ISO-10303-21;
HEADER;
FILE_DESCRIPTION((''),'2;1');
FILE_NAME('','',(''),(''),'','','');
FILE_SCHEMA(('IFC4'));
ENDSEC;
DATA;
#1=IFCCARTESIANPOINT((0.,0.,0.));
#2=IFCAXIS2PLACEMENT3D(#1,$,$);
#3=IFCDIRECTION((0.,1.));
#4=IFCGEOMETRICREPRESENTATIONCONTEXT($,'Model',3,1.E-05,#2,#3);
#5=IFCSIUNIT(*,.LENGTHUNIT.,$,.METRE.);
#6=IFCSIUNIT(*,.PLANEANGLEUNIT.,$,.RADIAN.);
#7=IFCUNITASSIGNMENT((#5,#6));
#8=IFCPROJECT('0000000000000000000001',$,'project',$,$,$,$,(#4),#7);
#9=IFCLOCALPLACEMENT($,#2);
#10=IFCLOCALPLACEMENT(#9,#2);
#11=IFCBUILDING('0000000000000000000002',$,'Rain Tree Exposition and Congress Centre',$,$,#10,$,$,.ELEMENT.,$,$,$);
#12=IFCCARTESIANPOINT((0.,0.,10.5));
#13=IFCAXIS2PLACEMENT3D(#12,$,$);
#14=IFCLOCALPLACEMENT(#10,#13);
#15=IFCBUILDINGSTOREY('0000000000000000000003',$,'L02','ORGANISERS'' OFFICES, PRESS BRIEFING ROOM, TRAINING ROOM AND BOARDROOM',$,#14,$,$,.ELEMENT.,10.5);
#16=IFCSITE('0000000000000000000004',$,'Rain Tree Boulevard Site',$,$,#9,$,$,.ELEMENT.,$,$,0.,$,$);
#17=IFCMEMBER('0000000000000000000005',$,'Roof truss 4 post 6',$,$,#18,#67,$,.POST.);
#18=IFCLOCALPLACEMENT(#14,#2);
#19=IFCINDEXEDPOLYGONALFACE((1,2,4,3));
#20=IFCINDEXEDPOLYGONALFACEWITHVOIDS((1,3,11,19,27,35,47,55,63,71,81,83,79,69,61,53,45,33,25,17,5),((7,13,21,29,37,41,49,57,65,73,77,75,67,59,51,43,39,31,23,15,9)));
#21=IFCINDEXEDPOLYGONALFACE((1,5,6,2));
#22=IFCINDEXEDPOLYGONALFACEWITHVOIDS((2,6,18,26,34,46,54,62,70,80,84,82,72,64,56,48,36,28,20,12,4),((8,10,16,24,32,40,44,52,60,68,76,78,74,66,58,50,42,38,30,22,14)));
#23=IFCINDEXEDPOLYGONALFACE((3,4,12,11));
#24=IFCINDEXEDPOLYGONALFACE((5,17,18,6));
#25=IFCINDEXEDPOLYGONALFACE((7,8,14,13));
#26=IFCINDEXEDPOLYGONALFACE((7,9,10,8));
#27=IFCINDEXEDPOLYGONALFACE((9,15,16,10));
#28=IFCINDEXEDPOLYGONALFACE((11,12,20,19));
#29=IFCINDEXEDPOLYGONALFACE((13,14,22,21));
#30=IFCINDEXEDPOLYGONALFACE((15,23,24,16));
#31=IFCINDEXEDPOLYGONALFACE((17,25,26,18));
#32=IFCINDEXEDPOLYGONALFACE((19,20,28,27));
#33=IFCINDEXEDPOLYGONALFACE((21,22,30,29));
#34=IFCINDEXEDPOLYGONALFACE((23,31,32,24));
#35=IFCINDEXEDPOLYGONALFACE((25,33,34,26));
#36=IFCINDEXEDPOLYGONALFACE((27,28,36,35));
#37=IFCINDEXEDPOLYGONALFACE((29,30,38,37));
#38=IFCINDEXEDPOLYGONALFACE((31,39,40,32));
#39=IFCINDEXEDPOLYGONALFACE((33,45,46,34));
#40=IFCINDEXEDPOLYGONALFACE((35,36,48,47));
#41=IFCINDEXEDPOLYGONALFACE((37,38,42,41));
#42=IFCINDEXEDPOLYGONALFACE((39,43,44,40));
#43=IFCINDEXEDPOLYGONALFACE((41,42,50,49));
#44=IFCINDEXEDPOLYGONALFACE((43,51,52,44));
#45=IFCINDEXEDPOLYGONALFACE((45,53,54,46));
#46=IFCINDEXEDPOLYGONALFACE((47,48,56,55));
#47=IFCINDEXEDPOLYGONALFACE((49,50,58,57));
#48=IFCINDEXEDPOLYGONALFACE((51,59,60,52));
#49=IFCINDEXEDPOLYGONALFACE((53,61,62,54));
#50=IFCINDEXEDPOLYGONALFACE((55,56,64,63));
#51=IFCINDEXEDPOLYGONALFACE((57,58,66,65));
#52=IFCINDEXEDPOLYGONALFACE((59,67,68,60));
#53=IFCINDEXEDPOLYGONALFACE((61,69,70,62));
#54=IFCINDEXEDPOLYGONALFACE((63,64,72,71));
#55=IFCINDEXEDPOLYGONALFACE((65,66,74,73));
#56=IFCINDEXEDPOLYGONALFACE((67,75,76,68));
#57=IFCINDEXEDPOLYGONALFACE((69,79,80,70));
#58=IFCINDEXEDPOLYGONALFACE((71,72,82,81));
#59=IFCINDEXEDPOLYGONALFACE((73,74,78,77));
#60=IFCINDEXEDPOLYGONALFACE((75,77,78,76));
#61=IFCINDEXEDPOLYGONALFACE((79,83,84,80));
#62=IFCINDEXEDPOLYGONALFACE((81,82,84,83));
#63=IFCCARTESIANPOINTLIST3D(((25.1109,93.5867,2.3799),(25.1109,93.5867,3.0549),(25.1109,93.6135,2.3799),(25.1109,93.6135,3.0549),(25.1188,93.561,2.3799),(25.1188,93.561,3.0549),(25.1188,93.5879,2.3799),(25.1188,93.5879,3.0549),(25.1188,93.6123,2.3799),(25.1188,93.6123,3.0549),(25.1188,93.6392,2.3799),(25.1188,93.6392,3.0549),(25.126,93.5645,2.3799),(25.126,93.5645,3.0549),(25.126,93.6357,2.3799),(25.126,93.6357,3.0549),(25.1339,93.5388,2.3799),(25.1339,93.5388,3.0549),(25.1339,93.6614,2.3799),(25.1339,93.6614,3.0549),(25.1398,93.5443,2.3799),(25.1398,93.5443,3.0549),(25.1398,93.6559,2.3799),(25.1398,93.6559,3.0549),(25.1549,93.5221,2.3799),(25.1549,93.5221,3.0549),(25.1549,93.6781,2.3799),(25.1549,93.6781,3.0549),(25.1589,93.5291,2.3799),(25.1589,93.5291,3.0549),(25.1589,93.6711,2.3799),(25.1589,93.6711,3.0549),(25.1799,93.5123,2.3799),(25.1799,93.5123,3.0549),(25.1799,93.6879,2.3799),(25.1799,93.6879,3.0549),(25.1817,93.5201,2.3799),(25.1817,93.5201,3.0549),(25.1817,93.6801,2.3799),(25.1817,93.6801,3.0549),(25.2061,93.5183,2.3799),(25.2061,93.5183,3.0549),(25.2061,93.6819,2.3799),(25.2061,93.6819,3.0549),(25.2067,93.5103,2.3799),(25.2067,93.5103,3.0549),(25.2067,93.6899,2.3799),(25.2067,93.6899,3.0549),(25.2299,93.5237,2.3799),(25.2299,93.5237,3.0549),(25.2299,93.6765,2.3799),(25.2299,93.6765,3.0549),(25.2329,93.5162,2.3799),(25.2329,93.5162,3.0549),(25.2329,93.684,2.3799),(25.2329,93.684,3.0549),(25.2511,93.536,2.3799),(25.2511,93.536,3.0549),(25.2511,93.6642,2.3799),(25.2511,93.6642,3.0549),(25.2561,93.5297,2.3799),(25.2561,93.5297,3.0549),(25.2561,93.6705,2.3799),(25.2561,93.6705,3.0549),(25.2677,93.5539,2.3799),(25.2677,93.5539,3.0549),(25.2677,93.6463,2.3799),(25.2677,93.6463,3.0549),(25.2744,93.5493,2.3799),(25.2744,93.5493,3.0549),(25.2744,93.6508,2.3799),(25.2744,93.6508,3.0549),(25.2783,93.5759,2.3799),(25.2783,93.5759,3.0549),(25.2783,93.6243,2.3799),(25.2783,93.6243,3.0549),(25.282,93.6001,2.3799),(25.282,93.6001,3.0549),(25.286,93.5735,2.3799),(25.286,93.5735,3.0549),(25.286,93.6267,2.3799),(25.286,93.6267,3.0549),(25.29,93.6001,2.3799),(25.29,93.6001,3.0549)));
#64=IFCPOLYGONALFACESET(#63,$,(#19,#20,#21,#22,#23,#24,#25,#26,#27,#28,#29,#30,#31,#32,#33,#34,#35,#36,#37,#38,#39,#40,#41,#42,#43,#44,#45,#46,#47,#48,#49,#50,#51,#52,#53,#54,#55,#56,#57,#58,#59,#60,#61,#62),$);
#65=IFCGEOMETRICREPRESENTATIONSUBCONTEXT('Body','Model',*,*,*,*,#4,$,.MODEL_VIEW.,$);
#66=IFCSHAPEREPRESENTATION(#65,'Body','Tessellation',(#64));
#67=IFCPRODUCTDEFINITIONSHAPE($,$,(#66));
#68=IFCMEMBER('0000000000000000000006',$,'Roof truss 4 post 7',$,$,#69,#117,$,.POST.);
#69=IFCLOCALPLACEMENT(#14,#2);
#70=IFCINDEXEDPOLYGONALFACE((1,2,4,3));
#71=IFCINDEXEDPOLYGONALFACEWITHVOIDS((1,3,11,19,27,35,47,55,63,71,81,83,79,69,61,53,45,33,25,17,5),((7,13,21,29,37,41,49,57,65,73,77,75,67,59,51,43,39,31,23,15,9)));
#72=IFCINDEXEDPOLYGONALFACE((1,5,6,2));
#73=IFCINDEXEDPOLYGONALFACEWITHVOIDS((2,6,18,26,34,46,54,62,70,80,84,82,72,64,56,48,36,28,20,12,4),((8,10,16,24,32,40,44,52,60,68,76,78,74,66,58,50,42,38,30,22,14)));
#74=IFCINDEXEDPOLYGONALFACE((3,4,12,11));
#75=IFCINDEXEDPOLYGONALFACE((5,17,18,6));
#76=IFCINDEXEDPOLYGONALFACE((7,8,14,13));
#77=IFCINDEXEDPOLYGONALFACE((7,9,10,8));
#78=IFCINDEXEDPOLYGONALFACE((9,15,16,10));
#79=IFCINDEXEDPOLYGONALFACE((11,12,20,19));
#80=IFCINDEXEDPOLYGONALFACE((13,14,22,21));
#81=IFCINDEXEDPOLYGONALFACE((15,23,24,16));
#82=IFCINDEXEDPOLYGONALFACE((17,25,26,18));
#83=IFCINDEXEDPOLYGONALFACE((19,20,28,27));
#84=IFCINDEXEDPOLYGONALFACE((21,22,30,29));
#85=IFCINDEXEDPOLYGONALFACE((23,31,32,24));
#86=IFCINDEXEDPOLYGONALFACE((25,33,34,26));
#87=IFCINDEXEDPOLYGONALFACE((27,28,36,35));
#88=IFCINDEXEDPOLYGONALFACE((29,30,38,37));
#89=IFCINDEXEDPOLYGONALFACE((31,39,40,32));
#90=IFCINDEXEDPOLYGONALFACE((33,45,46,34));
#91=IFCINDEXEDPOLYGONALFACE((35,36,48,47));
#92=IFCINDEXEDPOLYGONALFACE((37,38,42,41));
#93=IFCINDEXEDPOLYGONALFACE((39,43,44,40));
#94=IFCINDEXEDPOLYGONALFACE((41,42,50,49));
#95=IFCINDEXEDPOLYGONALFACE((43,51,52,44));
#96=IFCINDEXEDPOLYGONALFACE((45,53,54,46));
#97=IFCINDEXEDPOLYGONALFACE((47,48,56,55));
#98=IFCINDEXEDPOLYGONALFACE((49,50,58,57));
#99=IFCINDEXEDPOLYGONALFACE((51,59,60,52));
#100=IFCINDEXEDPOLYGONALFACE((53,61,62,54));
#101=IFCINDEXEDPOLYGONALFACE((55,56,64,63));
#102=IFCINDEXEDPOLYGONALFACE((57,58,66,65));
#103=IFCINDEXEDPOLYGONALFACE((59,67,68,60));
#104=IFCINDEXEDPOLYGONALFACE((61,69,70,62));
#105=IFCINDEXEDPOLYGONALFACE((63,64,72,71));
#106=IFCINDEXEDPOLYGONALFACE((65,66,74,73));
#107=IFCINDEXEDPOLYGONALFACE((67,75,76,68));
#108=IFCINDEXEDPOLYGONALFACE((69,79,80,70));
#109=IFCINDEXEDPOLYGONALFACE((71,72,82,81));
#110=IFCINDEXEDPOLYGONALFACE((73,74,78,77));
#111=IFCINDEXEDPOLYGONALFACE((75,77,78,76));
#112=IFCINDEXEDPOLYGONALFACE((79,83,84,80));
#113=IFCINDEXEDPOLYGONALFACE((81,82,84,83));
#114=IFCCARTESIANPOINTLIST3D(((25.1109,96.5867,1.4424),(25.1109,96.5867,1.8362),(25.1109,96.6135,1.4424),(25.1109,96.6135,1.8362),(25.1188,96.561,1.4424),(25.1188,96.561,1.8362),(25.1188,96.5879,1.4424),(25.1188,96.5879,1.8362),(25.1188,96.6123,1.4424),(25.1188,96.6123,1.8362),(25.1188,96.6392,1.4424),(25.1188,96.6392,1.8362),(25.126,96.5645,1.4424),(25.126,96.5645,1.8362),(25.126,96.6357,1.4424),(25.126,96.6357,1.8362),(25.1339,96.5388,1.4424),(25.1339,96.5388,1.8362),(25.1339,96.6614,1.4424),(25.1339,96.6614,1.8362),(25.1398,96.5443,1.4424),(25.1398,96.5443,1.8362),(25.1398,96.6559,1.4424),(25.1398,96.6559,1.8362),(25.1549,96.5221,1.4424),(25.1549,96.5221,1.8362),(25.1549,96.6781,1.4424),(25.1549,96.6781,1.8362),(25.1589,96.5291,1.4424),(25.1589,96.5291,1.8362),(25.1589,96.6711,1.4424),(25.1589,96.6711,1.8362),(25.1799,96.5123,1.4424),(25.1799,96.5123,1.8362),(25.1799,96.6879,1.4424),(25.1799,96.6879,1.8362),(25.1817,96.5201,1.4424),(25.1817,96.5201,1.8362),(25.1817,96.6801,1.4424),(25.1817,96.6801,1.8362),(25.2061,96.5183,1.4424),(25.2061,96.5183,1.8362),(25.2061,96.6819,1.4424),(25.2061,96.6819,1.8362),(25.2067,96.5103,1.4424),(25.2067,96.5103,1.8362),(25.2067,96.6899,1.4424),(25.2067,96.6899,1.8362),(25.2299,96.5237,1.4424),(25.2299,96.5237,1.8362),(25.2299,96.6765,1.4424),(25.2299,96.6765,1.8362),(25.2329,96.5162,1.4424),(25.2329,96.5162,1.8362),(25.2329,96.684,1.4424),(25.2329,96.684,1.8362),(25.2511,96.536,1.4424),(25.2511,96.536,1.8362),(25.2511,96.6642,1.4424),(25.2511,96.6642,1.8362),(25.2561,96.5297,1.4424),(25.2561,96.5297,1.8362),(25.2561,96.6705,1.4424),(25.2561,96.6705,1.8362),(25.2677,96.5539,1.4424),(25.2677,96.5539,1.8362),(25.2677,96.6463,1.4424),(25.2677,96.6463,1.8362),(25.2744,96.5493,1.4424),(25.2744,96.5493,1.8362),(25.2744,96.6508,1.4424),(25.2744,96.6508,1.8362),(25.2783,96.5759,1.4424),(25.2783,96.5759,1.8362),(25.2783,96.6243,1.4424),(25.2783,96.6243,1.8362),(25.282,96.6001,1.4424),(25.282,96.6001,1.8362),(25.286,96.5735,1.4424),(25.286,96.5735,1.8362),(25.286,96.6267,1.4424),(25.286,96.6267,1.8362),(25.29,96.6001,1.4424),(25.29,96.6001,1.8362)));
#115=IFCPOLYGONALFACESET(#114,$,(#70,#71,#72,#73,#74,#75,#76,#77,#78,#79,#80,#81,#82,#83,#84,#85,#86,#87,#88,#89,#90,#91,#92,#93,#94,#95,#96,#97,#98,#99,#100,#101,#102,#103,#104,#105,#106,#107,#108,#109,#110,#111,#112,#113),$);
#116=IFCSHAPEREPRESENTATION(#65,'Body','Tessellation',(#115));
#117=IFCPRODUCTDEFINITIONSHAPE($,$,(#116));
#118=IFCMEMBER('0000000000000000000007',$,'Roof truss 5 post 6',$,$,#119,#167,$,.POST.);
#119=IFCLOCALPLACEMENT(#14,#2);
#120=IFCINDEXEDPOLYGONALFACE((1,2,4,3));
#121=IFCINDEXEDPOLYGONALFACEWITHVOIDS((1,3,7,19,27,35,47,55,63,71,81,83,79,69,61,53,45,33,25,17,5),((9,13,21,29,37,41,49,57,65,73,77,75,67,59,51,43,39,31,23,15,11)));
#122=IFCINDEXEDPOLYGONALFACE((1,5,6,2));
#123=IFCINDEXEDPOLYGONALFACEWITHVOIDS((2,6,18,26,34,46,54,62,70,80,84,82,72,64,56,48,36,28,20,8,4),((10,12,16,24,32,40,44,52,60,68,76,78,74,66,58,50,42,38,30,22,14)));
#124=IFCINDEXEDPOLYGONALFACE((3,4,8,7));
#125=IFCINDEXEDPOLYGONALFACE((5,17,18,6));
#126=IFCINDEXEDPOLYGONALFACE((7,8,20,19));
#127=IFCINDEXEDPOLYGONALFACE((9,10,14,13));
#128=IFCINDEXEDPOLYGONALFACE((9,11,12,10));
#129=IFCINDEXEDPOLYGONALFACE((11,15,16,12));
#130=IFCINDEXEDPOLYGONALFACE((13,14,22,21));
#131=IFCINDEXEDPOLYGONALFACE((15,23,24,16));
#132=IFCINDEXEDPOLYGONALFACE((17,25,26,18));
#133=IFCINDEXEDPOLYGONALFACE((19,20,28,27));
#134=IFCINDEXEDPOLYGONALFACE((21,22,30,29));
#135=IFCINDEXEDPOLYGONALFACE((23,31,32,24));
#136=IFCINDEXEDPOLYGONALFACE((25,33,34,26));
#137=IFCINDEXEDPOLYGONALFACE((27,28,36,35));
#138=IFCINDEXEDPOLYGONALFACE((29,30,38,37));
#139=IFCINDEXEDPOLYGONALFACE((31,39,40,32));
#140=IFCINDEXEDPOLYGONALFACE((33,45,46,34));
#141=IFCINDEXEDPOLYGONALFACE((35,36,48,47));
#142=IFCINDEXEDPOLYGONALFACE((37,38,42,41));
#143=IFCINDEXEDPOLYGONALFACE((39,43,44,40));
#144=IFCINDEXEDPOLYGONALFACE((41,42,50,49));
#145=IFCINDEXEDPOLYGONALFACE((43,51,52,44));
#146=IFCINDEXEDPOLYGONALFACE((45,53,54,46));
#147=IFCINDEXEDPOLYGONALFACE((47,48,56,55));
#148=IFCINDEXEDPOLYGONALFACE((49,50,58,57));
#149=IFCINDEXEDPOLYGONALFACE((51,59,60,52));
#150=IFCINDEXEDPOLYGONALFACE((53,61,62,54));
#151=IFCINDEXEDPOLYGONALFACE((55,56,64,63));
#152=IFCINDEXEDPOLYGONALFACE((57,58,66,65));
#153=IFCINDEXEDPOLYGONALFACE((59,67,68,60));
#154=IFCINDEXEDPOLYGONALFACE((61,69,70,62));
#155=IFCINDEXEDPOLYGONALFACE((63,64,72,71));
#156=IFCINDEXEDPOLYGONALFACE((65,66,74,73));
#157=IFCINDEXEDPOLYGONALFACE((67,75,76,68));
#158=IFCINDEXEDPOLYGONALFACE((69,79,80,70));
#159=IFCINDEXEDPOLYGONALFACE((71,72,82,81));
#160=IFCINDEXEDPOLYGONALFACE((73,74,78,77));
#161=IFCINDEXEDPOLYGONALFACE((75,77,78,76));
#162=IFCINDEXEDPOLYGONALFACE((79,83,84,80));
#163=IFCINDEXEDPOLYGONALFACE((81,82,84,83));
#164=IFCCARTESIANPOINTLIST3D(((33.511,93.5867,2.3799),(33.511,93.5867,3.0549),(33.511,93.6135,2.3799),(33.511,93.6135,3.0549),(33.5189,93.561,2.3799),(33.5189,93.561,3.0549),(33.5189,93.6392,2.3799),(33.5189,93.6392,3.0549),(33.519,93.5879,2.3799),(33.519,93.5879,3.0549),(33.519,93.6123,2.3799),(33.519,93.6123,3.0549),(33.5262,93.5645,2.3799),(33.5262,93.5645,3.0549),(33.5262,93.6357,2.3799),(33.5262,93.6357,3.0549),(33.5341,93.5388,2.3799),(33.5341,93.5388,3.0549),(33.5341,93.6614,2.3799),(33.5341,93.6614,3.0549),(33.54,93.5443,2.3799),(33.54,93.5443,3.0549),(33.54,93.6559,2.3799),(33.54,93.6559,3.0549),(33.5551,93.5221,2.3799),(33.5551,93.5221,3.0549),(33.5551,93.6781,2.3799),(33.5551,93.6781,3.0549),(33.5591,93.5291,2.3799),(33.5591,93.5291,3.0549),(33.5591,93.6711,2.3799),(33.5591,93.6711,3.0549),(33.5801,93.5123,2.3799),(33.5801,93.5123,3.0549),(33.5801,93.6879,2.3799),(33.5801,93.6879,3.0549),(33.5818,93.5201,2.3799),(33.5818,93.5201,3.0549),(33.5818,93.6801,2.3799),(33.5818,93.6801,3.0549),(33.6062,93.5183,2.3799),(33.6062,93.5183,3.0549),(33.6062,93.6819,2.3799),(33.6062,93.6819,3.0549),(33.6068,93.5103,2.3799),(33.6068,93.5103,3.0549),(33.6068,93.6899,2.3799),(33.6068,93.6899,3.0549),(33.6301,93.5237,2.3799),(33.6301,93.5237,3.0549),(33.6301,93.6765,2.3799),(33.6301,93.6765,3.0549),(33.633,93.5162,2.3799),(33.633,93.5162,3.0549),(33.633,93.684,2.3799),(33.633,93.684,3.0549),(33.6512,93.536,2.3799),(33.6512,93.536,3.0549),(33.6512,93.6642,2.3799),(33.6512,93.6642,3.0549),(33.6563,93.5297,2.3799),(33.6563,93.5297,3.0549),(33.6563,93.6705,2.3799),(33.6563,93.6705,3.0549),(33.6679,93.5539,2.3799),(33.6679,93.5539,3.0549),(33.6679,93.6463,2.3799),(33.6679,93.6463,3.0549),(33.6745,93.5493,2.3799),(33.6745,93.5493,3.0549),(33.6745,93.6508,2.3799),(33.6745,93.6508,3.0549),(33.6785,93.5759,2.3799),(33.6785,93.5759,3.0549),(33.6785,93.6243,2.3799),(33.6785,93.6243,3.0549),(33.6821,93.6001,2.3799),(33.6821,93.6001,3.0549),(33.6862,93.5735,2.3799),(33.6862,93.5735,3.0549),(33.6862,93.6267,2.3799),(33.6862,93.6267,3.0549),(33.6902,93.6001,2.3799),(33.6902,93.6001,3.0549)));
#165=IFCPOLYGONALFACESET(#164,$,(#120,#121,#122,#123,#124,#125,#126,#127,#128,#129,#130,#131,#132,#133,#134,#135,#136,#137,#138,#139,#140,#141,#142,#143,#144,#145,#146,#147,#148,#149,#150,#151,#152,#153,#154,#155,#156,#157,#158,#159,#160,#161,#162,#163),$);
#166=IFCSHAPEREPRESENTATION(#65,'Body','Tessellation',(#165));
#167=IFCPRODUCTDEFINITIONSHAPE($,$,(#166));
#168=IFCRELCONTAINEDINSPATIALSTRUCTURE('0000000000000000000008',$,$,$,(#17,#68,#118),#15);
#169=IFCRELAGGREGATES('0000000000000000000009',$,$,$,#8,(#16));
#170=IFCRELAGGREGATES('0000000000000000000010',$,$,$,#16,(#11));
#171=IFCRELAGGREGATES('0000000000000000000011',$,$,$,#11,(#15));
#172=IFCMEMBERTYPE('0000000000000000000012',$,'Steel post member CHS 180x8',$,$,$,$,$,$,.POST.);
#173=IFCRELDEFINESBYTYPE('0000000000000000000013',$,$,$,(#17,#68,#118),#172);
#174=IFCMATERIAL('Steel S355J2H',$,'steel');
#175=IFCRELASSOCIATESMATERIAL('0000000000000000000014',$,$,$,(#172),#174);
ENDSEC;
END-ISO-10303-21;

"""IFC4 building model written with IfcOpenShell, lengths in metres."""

from ifc_helpers import new_model, si_unit, direction, frame, origin, origin_2d, place, context, subcontext, project, spatial, hollow_circle, extrude, material, material_profile, profile_set, type_object, element, save


model = new_model("IFC4")

# Units and contexts
model_context = context("Model", 3, precision=1e-05, world=origin(), true_north=direction((0.0, 1.0)))
body_context = subcontext(model_context, "Body", "Model", "MODEL_VIEW")
ifc_project = project(units=[si_unit("LENGTHUNIT", "METRE"), si_unit("PLANEANGLEUNIT", "RADIAN")], contexts=[model_context])

# Site, building, storey
site_placement = place(None, origin())
site = spatial("IfcSite", under=ifc_project, at=site_placement, Name="Rain Tree Boulevard Site", CompositionType="ELEMENT", RefElevation=0.0)
building_placement = place(site_placement, origin())
building = spatial("IfcBuilding", under=site, at=building_placement, Name="Rain Tree Exposition and Congress Centre", CompositionType="ELEMENT")
storey_placement = place(building_placement, frame((0.0, 0.0, 10.5)))
storey = spatial("IfcBuildingStorey", under=building, at=storey_placement, Name="L02", Description="ORGANISERS' OFFICES, PRESS BRIEFING ROOM, TRAINING ROOM AND BOARDROOM", CompositionType="ELEMENT", Elevation=10.5)

# Members
ifc_material_1 = material(Name="Steel S355J2H", Category="steel")
ifc_material_profile_1 = material_profile(ifc_material_1, hollow_circle(Radius=0.0901, WallThickness=0.0081, at=origin_2d()), Name="CHS 180x8")
ifc_profile_set_1 = profile_set([ifc_material_profile_1], Name="Steel S355J2H")
member_type_1 = type_object("IfcMemberType", Name="Steel post member CHS 180x8", PredefinedType="POST", material=ifc_profile_set_1)
member_1_placement = place(storey_placement, frame((25.2, 93.6001, 2.3799), z_axis=(0.0, 0.0, 1.0), x_axis=(1.0, 0.0, 0.0)))
element("IfcMember", 1, at=member_1_placement, inside=storey, type_object=member_type_1, Name="Roof truss 4 post 6", PredefinedType="POST", context=body_context, shape_type="SweptSolid", body=[
    extrude(hollow_circle(Radius=0.0901, WallThickness=0.0081, at=origin_2d()), origin(), (0.0, 0.0, 1.0), 0.675),
])
member_2_placement = place(storey_placement, frame((25.2, 96.6001, 1.4424), z_axis=(0.0, 0.0, 1.0), x_axis=(1.0, 0.0, 0.0)))
element("IfcMember", 2, at=member_2_placement, inside=storey, type_object=member_type_1, Name="Roof truss 4 post 7", PredefinedType="POST", context=body_context, shape_type="SweptSolid", body=[
    extrude(hollow_circle(Radius=0.0901, WallThickness=0.0081, at=origin_2d()), origin(), (0.0, 0.0, 1.0), 0.3938),
])
member_3_placement = place(storey_placement, frame((33.6001, 93.6001, 2.3799), z_axis=(0.0, 0.0, 1.0), x_axis=(1.0, 0.0, 0.0)))
element("IfcMember", 3, at=member_3_placement, inside=storey, type_object=member_type_1, Name="Roof truss 5 post 6", PredefinedType="POST", context=body_context, shape_type="SweptSolid", body=[
    extrude(hollow_circle(Radius=0.0901, WallThickness=0.0081, at=origin_2d()), origin(), (0.0, 0.0, 1.0), 0.675),
])

save(model, "model.ifc")
